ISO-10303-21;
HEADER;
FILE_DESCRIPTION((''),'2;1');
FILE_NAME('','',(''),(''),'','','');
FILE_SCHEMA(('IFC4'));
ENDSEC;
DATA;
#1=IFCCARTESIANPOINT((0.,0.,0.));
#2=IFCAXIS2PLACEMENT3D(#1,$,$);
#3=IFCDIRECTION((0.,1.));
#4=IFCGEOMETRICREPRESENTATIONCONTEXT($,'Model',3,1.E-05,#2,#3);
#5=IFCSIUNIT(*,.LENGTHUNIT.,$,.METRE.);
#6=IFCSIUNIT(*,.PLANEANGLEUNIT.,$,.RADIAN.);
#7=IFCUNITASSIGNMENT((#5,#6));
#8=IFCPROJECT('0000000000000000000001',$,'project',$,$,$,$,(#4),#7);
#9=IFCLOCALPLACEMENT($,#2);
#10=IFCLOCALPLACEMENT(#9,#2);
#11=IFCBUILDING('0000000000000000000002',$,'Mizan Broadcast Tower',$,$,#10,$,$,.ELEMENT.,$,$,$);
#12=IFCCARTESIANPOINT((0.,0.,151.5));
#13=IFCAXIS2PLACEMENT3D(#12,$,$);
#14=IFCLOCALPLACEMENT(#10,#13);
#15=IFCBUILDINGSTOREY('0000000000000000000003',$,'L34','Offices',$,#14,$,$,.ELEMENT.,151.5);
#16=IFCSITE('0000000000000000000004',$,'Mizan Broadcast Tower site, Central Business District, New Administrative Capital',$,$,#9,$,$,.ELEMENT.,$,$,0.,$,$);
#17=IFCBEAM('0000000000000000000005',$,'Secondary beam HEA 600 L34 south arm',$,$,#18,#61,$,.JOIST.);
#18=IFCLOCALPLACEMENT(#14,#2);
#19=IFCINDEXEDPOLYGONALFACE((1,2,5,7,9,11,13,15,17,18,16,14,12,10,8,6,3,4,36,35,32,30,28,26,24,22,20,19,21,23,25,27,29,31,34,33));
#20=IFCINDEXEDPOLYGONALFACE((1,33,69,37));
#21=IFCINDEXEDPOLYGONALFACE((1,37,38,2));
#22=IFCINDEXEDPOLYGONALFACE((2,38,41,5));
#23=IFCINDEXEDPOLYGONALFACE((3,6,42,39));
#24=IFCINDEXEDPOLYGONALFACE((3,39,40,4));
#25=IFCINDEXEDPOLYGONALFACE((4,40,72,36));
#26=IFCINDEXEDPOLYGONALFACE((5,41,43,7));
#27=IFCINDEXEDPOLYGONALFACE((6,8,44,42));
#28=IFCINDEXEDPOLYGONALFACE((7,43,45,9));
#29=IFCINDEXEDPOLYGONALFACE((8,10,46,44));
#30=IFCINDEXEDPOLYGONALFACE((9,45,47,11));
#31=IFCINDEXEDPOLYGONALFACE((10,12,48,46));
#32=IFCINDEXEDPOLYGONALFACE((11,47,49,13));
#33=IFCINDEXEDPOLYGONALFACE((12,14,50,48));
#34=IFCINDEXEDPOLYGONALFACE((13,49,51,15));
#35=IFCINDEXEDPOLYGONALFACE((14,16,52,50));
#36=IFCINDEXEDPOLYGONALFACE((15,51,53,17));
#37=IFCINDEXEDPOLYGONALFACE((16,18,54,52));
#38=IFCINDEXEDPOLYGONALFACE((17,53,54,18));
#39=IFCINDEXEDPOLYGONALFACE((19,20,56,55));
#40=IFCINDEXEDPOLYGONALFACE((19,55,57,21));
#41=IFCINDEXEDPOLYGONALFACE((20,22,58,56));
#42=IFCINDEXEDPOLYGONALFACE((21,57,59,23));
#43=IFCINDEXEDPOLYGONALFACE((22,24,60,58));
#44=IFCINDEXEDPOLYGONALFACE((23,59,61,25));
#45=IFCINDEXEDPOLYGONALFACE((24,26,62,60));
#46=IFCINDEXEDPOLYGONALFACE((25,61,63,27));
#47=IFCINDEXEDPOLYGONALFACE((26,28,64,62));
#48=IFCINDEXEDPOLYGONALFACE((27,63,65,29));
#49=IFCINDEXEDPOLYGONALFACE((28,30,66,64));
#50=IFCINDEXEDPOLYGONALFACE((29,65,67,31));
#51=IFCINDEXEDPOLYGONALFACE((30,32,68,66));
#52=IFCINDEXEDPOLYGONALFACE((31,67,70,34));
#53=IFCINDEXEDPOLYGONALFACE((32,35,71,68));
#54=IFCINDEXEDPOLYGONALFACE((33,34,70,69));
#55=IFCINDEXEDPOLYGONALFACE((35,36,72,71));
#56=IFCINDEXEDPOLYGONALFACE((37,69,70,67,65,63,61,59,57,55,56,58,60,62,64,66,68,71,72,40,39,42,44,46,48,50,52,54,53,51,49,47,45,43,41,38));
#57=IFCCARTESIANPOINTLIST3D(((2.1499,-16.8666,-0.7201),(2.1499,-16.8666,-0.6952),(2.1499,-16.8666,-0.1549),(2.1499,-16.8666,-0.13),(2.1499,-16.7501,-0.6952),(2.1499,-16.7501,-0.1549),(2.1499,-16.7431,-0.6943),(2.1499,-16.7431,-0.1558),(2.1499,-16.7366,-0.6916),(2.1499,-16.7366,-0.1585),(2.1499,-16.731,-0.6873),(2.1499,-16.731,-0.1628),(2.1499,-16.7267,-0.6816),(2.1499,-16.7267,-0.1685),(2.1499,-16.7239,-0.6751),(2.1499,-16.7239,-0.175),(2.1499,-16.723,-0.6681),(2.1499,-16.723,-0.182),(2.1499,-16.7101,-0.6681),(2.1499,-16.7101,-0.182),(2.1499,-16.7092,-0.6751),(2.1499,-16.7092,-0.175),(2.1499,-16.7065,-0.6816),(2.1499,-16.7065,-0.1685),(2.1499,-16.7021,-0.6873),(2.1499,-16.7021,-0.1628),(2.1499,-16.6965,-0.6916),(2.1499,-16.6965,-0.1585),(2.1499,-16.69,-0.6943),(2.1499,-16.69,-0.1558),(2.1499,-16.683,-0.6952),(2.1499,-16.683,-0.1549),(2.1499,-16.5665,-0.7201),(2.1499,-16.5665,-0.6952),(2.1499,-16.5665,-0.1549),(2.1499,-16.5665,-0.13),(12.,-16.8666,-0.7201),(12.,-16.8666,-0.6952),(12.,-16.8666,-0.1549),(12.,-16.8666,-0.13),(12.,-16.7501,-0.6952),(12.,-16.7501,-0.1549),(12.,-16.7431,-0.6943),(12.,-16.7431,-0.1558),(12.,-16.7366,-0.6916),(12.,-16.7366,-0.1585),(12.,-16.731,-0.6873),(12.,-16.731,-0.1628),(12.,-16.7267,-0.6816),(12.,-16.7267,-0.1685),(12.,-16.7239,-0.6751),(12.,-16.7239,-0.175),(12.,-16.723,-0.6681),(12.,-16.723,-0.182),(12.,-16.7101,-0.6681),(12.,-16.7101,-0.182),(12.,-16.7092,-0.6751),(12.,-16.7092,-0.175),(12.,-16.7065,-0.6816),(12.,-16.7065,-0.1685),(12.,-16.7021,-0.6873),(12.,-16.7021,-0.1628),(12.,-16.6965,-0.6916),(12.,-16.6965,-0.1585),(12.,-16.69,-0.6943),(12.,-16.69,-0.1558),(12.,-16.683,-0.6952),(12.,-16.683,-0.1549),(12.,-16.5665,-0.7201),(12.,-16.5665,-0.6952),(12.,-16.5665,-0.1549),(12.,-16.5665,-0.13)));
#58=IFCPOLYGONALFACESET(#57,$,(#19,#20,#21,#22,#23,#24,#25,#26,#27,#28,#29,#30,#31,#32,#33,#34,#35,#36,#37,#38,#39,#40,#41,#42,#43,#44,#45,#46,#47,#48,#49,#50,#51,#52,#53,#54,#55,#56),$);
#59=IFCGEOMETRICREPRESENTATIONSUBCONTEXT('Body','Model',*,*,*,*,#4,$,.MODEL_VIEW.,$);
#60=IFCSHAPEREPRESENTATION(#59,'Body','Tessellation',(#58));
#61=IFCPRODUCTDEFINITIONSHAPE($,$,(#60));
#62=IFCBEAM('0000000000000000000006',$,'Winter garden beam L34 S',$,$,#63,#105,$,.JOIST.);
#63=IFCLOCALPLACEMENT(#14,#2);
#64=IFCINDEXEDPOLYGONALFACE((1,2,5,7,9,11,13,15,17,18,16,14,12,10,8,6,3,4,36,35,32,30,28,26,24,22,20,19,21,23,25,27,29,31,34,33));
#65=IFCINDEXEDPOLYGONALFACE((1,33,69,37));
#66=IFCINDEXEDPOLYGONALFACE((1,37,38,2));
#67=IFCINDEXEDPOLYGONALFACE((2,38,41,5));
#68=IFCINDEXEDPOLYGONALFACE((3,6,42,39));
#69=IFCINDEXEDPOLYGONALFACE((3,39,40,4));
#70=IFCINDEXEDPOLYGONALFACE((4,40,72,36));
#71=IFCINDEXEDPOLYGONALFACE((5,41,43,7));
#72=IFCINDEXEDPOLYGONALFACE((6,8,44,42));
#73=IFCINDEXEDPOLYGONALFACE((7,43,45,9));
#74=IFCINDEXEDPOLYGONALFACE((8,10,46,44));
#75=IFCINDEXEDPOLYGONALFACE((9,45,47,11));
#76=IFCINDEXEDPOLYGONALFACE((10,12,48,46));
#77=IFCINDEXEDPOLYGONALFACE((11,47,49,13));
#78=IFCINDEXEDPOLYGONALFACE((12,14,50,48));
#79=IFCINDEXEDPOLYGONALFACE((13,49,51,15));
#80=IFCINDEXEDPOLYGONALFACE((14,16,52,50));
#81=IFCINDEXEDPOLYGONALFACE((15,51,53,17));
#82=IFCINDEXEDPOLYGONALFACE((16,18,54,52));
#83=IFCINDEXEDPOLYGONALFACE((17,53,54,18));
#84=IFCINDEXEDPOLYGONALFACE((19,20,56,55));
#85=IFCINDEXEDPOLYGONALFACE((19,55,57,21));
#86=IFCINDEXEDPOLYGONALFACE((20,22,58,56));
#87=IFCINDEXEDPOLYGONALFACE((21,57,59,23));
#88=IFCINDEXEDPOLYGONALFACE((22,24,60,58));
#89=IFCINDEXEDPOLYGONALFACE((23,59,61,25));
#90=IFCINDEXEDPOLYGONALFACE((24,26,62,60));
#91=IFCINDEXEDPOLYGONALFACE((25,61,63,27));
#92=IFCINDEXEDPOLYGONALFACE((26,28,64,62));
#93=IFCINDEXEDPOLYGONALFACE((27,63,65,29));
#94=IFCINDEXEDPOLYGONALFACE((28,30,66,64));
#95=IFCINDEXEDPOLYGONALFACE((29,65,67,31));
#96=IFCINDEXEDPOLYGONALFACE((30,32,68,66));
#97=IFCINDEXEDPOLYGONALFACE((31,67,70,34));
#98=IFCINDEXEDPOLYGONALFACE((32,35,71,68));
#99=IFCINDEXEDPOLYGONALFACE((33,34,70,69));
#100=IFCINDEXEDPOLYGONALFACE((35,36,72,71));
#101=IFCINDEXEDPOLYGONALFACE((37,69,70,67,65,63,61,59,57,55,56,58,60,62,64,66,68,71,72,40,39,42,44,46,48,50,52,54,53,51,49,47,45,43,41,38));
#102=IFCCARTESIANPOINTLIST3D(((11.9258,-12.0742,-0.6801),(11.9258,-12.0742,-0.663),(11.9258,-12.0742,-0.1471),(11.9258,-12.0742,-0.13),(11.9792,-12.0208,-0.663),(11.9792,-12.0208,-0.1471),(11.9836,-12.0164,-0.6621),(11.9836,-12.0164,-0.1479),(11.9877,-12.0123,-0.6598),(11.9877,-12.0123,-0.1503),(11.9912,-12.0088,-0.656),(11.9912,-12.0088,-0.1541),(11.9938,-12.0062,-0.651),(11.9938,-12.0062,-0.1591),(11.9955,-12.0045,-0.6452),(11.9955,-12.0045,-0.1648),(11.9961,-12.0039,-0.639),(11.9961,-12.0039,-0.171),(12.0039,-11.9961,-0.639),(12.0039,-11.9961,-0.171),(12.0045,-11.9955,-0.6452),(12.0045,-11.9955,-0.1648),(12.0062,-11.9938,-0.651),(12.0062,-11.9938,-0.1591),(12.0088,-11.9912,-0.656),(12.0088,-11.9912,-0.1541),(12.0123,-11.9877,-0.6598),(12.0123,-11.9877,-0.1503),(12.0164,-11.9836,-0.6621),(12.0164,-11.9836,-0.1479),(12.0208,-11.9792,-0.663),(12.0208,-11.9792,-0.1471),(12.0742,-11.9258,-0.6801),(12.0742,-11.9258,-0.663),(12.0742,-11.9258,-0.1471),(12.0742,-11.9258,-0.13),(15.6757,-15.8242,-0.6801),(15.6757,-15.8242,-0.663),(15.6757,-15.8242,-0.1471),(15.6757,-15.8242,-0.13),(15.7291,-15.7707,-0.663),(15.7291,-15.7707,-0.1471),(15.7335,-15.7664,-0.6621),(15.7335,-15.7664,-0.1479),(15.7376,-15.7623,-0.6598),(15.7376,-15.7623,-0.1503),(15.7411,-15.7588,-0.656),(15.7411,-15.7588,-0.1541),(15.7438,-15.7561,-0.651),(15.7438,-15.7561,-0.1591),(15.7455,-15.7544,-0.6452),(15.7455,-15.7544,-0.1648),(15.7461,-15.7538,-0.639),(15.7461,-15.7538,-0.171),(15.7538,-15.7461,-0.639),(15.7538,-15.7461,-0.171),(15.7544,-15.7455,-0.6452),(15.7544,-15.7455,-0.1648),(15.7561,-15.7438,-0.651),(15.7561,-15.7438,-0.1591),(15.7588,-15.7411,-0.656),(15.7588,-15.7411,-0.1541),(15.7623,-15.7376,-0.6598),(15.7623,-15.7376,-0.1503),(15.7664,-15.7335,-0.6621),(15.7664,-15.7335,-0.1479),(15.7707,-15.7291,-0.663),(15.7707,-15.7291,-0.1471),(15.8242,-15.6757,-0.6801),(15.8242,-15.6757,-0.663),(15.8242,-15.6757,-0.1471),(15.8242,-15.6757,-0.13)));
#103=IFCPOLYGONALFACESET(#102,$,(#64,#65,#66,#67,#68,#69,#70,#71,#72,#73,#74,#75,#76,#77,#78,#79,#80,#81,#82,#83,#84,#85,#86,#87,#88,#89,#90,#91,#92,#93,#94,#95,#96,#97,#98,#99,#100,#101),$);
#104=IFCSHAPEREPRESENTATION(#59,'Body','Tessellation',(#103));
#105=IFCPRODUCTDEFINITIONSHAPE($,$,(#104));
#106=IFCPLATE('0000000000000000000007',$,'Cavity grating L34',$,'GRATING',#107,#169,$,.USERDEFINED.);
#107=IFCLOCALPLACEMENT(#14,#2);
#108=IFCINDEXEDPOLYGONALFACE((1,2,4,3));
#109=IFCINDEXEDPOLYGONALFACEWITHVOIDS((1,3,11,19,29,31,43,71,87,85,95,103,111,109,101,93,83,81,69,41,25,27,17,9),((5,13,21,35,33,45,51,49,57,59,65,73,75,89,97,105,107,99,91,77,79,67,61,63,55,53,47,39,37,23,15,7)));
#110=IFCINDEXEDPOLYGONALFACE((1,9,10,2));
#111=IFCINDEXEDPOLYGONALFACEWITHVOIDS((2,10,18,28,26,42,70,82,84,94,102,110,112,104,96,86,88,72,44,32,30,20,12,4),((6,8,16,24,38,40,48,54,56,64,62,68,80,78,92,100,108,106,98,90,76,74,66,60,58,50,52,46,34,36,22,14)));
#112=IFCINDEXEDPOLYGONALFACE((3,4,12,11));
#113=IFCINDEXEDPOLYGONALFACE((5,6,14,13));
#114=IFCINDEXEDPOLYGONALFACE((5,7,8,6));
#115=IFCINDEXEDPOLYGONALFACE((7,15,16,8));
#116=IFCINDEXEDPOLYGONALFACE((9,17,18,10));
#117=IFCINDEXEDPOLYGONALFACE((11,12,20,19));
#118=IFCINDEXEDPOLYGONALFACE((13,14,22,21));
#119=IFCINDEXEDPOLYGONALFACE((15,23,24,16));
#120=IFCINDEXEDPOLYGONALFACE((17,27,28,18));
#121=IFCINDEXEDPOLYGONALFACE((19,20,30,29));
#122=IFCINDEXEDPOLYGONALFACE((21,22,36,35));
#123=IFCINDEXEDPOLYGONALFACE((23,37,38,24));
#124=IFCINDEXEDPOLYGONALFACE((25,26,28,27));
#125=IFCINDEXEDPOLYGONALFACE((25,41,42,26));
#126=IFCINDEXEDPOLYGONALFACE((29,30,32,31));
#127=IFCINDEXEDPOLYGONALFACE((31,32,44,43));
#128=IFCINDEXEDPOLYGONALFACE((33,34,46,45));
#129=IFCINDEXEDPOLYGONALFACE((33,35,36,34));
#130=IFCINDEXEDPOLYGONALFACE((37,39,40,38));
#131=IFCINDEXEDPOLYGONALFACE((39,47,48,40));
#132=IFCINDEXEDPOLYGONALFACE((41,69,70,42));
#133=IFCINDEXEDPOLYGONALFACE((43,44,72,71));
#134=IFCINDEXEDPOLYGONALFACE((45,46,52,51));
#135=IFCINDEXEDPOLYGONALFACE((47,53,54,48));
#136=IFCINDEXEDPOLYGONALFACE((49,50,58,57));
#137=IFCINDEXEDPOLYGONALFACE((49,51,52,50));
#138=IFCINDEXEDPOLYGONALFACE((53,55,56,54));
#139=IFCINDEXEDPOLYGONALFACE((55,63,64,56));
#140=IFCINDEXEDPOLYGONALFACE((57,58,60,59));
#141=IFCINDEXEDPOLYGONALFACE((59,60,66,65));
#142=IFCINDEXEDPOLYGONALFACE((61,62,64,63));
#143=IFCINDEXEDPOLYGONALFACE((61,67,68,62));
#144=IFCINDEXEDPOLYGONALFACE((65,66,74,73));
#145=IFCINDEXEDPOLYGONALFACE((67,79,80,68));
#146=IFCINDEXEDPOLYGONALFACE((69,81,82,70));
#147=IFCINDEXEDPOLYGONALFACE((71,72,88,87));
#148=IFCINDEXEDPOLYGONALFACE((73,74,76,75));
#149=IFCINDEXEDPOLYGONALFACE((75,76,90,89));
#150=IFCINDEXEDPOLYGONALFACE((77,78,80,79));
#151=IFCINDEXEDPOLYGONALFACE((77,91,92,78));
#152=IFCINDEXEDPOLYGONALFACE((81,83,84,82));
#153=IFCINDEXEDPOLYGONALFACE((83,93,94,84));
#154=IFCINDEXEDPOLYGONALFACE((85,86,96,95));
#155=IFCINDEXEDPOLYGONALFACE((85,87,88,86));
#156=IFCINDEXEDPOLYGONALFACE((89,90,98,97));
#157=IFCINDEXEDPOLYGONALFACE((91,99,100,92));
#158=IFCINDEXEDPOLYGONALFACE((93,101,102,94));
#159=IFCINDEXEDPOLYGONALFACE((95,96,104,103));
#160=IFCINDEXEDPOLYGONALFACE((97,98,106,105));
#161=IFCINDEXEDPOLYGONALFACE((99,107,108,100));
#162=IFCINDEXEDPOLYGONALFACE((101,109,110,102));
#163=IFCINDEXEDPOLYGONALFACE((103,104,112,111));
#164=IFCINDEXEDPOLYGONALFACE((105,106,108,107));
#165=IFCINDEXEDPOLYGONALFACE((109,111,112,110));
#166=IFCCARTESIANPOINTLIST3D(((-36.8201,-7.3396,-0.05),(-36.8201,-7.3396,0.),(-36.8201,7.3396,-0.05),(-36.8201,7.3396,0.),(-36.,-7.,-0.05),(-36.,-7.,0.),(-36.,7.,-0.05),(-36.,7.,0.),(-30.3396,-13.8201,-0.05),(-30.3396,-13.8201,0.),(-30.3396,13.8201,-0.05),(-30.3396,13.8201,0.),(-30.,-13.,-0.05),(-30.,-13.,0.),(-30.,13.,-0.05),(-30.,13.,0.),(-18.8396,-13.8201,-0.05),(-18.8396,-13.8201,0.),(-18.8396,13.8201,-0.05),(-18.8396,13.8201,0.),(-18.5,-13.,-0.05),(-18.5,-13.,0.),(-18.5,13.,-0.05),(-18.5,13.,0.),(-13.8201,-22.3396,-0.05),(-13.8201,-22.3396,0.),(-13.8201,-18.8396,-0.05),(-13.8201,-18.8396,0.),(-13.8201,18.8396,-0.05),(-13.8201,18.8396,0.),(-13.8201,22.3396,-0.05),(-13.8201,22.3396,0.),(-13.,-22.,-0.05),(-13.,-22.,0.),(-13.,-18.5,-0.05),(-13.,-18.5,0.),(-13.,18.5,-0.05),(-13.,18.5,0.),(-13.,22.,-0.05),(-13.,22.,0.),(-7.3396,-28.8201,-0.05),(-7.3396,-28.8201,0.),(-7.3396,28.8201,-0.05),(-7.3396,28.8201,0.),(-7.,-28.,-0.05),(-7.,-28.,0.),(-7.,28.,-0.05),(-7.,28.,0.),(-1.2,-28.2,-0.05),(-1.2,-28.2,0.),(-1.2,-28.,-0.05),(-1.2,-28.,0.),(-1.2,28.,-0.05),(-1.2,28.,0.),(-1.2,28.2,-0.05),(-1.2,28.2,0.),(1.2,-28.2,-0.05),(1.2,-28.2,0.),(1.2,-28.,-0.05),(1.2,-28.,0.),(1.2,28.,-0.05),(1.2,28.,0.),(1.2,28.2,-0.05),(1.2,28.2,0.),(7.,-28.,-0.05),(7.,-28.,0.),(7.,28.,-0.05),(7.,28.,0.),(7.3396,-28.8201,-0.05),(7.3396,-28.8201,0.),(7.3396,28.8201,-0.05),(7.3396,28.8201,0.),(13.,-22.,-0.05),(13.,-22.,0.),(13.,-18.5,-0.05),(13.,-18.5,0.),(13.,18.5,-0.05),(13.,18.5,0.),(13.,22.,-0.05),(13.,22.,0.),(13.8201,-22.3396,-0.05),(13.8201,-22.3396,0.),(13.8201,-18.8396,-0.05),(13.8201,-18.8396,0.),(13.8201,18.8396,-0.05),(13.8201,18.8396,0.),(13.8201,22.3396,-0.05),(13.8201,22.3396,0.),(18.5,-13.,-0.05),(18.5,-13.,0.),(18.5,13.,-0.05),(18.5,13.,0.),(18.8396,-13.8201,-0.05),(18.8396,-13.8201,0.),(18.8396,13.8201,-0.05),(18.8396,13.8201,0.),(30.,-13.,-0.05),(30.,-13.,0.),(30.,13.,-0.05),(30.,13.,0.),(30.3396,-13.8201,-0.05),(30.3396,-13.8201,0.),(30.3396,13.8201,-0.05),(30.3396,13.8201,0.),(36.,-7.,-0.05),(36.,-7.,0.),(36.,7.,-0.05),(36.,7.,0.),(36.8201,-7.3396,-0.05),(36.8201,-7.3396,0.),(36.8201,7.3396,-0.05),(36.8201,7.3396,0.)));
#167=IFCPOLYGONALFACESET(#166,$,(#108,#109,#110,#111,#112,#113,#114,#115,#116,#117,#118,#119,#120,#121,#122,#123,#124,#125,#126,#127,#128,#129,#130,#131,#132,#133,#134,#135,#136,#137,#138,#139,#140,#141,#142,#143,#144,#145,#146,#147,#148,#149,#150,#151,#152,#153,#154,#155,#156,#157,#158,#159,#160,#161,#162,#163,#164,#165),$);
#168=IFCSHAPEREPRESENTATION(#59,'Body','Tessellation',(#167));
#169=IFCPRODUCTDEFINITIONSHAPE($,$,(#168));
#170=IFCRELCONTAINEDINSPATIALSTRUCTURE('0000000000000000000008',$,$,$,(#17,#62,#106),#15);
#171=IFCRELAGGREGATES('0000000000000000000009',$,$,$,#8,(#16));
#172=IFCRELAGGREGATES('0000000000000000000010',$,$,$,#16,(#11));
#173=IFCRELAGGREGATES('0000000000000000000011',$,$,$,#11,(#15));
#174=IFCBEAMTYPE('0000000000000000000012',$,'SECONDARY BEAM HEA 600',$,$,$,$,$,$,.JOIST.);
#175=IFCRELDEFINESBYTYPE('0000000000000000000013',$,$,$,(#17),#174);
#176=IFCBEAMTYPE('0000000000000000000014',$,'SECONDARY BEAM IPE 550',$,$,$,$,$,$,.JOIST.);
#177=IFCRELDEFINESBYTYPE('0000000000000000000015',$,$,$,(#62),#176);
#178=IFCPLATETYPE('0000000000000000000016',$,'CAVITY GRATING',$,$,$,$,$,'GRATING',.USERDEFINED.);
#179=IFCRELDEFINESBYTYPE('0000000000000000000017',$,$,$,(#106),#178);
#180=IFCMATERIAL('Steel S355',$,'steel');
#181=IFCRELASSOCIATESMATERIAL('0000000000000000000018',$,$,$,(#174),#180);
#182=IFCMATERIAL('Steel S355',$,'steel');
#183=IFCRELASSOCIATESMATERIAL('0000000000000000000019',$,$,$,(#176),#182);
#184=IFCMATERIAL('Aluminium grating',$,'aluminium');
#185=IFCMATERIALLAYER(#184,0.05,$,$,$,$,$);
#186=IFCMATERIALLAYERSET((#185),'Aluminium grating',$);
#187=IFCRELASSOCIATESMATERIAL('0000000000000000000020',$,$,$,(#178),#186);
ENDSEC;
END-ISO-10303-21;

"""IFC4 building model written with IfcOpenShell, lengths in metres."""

from ifc_helpers import new_model, si_unit, direction, frame, origin, origin_2d, place, context, subcontext, project, spatial, polyline, i_section, outline, extrude, material, layer, layer_set, material_profile, profile_set, type_object, element, save


model = new_model("IFC4")

# Units and contexts
model_context = context("Model", 3, precision=1e-05, world=origin(), true_north=direction((0.0, 1.0)))
body_context = subcontext(model_context, "Body", "Model", "MODEL_VIEW")
ifc_project = project(units=[si_unit("LENGTHUNIT", "METRE"), si_unit("PLANEANGLEUNIT", "RADIAN")], contexts=[model_context])

# Site, building, storey
site_placement = place(None, origin())
site = spatial("IfcSite", under=ifc_project, at=site_placement, Name="Mizan Broadcast Tower site, Central Business District, New Administrative Capital", CompositionType="ELEMENT", RefElevation=0.0)
building_placement = place(site_placement, origin())
building = spatial("IfcBuilding", under=site, at=building_placement, Name="Mizan Broadcast Tower", CompositionType="ELEMENT")
storey_placement = place(building_placement, frame((0.0, 0.0, 151.5)))
storey = spatial("IfcBuildingStorey", under=building, at=storey_placement, Name="L34", Description="Offices", CompositionType="ELEMENT", Elevation=151.5)

# Beams
ifc_material_1 = material(Name="Steel S355", Category="steel")
ifc_material_profile_1 = material_profile(ifc_material_1, i_section(OverallWidth=0.3, OverallDepth=0.5901, WebThickness=0.0129, FlangeThickness=0.0249, FilletRadius=0.0271, at=origin_2d()), Name="HEA 600")
ifc_profile_set_1 = profile_set([ifc_material_profile_1], Name="Steel S355")
beam_type_1 = type_object("IfcBeamType", Name="SECONDARY BEAM HEA 600", PredefinedType="JOIST", material=ifc_profile_set_1)
for number, where, z_axis, x_axis, name in (
    (1, (12.0, -16.7166, -0.425), (-1.0, 0.0, 0.0), (0.0, -1.0, 0.0), "Secondary beam HEA 600 L34 south arm"),
):
    element("IfcBeam", number, at=place(storey_placement, frame(where, z_axis=z_axis, x_axis=x_axis)), inside=storey, type_object=beam_type_1, Name=name, PredefinedType="JOIST", context=body_context, shape_type="SweptSolid", body=[
        extrude(i_section(OverallWidth=0.3, OverallDepth=0.5901, WebThickness=0.0129, FlangeThickness=0.0249, FilletRadius=0.0271, at=origin_2d()), origin(), (0.0, 0.0, 1.0), 9.8501),
    ])
ifc_material_2 = material(Name="Steel S355", Category="steel")
ifc_material_profile_2 = material_profile(ifc_material_2, i_section(OverallWidth=0.21, OverallDepth=0.55, WebThickness=0.011, FlangeThickness=0.0171, FilletRadius=0.0239, at=origin_2d()), Name="IPE 550")
ifc_profile_set_2 = profile_set([ifc_material_profile_2], Name="Steel S355")
beam_type_2 = type_object("IfcBeamType", Name="SECONDARY BEAM IPE 550", PredefinedType="JOIST", material=ifc_profile_set_2)
beam_1_placement = place(storey_placement, frame((12.0, -12.0, -0.405), z_axis=(0.707107, -0.707107, 0.0), x_axis=(0.707107, 0.707107, 0.0)))
element("IfcBeam", 2, at=beam_1_placement, inside=storey, type_object=beam_type_2, Name="Winter garden beam L34 S", PredefinedType="JOIST", context=body_context, shape_type="SweptSolid", body=[
    extrude(i_section(OverallWidth=0.21, OverallDepth=0.55, WebThickness=0.011, FlangeThickness=0.0171, FilletRadius=0.0239, at=origin_2d()), origin(), (0.0, 0.0, 1.0), 5.3032),
])

# Plate
ifc_material_3 = material(Name="Aluminium grating", Category="aluminium")
ifc_layer_1 = layer(ifc_material_3, 0.05)
ifc_layer_set_1 = layer_set([ifc_layer_1], Name="Aluminium grating")
plate_type = type_object("IfcPlateType", Name="CAVITY GRATING", ElementType="GRATING", PredefinedType="USERDEFINED", material=ifc_layer_set_1)
plate_placement = place(storey_placement, frame((0.0, 0.0, -0.05)))
element("IfcPlate", 3, at=plate_placement, inside=storey, type_object=plate_type, Name="Cavity grating L34", ObjectType="GRATING", PredefinedType="USERDEFINED", context=body_context, shape_type="SweptSolid", body=[
    extrude(outline(polyline([(13.8201, -18.8396), (18.8396, -13.8201), (30.3396, -13.8201), (36.8201, -7.3396), (36.8201, 7.3396), (30.3396, 13.8201), (18.8396, 13.8201), (13.8201, 18.8396), (13.8201, 22.3396), (7.3396, 28.8201), (-7.3396, 28.8201), (-13.8201, 22.3396), (-13.8201, 18.8396), (-18.8396, 13.8201), (-30.3396, 13.8201), (-36.8201, 7.3396), (-36.8201, -7.3396), (-30.3396, -13.8201), (-18.8396, -13.8201), (-13.8201, -18.8396), (-13.8201, -22.3396), (-7.3396, -28.8201), (7.3396, -28.8201), (13.8201, -22.3396), (13.8201, -18.8396)]), holes=[polyline([(36.0, 7.0), (36.0, -7.0), (30.0, -13.0), (18.5, -13.0), (13.0, -18.5), (13.0, -22.0), (7.0, -28.0), (1.2, -28.0), (1.2, -28.2), (-1.2, -28.2), (-1.2, -28.0), (-7.0, -28.0), (-13.0, -22.0), (-13.0, -18.5), (-18.5, -13.0), (-30.0, -13.0), (-36.0, -7.0), (-36.0, 7.0), (-30.0, 13.0), (-18.5, 13.0), (-13.0, 18.5), (-13.0, 22.0), (-7.0, 28.0), (-1.2, 28.0), (-1.2, 28.2), (1.2, 28.2), (1.2, 28.0), (7.0, 28.0), (13.0, 22.0), (13.0, 18.5), (18.5, 13.0), (30.0, 13.0), (36.0, 7.0)])]), origin(), (0.0, 0.0, 1.0), 0.05),
])

save(model, "model.ifc")
